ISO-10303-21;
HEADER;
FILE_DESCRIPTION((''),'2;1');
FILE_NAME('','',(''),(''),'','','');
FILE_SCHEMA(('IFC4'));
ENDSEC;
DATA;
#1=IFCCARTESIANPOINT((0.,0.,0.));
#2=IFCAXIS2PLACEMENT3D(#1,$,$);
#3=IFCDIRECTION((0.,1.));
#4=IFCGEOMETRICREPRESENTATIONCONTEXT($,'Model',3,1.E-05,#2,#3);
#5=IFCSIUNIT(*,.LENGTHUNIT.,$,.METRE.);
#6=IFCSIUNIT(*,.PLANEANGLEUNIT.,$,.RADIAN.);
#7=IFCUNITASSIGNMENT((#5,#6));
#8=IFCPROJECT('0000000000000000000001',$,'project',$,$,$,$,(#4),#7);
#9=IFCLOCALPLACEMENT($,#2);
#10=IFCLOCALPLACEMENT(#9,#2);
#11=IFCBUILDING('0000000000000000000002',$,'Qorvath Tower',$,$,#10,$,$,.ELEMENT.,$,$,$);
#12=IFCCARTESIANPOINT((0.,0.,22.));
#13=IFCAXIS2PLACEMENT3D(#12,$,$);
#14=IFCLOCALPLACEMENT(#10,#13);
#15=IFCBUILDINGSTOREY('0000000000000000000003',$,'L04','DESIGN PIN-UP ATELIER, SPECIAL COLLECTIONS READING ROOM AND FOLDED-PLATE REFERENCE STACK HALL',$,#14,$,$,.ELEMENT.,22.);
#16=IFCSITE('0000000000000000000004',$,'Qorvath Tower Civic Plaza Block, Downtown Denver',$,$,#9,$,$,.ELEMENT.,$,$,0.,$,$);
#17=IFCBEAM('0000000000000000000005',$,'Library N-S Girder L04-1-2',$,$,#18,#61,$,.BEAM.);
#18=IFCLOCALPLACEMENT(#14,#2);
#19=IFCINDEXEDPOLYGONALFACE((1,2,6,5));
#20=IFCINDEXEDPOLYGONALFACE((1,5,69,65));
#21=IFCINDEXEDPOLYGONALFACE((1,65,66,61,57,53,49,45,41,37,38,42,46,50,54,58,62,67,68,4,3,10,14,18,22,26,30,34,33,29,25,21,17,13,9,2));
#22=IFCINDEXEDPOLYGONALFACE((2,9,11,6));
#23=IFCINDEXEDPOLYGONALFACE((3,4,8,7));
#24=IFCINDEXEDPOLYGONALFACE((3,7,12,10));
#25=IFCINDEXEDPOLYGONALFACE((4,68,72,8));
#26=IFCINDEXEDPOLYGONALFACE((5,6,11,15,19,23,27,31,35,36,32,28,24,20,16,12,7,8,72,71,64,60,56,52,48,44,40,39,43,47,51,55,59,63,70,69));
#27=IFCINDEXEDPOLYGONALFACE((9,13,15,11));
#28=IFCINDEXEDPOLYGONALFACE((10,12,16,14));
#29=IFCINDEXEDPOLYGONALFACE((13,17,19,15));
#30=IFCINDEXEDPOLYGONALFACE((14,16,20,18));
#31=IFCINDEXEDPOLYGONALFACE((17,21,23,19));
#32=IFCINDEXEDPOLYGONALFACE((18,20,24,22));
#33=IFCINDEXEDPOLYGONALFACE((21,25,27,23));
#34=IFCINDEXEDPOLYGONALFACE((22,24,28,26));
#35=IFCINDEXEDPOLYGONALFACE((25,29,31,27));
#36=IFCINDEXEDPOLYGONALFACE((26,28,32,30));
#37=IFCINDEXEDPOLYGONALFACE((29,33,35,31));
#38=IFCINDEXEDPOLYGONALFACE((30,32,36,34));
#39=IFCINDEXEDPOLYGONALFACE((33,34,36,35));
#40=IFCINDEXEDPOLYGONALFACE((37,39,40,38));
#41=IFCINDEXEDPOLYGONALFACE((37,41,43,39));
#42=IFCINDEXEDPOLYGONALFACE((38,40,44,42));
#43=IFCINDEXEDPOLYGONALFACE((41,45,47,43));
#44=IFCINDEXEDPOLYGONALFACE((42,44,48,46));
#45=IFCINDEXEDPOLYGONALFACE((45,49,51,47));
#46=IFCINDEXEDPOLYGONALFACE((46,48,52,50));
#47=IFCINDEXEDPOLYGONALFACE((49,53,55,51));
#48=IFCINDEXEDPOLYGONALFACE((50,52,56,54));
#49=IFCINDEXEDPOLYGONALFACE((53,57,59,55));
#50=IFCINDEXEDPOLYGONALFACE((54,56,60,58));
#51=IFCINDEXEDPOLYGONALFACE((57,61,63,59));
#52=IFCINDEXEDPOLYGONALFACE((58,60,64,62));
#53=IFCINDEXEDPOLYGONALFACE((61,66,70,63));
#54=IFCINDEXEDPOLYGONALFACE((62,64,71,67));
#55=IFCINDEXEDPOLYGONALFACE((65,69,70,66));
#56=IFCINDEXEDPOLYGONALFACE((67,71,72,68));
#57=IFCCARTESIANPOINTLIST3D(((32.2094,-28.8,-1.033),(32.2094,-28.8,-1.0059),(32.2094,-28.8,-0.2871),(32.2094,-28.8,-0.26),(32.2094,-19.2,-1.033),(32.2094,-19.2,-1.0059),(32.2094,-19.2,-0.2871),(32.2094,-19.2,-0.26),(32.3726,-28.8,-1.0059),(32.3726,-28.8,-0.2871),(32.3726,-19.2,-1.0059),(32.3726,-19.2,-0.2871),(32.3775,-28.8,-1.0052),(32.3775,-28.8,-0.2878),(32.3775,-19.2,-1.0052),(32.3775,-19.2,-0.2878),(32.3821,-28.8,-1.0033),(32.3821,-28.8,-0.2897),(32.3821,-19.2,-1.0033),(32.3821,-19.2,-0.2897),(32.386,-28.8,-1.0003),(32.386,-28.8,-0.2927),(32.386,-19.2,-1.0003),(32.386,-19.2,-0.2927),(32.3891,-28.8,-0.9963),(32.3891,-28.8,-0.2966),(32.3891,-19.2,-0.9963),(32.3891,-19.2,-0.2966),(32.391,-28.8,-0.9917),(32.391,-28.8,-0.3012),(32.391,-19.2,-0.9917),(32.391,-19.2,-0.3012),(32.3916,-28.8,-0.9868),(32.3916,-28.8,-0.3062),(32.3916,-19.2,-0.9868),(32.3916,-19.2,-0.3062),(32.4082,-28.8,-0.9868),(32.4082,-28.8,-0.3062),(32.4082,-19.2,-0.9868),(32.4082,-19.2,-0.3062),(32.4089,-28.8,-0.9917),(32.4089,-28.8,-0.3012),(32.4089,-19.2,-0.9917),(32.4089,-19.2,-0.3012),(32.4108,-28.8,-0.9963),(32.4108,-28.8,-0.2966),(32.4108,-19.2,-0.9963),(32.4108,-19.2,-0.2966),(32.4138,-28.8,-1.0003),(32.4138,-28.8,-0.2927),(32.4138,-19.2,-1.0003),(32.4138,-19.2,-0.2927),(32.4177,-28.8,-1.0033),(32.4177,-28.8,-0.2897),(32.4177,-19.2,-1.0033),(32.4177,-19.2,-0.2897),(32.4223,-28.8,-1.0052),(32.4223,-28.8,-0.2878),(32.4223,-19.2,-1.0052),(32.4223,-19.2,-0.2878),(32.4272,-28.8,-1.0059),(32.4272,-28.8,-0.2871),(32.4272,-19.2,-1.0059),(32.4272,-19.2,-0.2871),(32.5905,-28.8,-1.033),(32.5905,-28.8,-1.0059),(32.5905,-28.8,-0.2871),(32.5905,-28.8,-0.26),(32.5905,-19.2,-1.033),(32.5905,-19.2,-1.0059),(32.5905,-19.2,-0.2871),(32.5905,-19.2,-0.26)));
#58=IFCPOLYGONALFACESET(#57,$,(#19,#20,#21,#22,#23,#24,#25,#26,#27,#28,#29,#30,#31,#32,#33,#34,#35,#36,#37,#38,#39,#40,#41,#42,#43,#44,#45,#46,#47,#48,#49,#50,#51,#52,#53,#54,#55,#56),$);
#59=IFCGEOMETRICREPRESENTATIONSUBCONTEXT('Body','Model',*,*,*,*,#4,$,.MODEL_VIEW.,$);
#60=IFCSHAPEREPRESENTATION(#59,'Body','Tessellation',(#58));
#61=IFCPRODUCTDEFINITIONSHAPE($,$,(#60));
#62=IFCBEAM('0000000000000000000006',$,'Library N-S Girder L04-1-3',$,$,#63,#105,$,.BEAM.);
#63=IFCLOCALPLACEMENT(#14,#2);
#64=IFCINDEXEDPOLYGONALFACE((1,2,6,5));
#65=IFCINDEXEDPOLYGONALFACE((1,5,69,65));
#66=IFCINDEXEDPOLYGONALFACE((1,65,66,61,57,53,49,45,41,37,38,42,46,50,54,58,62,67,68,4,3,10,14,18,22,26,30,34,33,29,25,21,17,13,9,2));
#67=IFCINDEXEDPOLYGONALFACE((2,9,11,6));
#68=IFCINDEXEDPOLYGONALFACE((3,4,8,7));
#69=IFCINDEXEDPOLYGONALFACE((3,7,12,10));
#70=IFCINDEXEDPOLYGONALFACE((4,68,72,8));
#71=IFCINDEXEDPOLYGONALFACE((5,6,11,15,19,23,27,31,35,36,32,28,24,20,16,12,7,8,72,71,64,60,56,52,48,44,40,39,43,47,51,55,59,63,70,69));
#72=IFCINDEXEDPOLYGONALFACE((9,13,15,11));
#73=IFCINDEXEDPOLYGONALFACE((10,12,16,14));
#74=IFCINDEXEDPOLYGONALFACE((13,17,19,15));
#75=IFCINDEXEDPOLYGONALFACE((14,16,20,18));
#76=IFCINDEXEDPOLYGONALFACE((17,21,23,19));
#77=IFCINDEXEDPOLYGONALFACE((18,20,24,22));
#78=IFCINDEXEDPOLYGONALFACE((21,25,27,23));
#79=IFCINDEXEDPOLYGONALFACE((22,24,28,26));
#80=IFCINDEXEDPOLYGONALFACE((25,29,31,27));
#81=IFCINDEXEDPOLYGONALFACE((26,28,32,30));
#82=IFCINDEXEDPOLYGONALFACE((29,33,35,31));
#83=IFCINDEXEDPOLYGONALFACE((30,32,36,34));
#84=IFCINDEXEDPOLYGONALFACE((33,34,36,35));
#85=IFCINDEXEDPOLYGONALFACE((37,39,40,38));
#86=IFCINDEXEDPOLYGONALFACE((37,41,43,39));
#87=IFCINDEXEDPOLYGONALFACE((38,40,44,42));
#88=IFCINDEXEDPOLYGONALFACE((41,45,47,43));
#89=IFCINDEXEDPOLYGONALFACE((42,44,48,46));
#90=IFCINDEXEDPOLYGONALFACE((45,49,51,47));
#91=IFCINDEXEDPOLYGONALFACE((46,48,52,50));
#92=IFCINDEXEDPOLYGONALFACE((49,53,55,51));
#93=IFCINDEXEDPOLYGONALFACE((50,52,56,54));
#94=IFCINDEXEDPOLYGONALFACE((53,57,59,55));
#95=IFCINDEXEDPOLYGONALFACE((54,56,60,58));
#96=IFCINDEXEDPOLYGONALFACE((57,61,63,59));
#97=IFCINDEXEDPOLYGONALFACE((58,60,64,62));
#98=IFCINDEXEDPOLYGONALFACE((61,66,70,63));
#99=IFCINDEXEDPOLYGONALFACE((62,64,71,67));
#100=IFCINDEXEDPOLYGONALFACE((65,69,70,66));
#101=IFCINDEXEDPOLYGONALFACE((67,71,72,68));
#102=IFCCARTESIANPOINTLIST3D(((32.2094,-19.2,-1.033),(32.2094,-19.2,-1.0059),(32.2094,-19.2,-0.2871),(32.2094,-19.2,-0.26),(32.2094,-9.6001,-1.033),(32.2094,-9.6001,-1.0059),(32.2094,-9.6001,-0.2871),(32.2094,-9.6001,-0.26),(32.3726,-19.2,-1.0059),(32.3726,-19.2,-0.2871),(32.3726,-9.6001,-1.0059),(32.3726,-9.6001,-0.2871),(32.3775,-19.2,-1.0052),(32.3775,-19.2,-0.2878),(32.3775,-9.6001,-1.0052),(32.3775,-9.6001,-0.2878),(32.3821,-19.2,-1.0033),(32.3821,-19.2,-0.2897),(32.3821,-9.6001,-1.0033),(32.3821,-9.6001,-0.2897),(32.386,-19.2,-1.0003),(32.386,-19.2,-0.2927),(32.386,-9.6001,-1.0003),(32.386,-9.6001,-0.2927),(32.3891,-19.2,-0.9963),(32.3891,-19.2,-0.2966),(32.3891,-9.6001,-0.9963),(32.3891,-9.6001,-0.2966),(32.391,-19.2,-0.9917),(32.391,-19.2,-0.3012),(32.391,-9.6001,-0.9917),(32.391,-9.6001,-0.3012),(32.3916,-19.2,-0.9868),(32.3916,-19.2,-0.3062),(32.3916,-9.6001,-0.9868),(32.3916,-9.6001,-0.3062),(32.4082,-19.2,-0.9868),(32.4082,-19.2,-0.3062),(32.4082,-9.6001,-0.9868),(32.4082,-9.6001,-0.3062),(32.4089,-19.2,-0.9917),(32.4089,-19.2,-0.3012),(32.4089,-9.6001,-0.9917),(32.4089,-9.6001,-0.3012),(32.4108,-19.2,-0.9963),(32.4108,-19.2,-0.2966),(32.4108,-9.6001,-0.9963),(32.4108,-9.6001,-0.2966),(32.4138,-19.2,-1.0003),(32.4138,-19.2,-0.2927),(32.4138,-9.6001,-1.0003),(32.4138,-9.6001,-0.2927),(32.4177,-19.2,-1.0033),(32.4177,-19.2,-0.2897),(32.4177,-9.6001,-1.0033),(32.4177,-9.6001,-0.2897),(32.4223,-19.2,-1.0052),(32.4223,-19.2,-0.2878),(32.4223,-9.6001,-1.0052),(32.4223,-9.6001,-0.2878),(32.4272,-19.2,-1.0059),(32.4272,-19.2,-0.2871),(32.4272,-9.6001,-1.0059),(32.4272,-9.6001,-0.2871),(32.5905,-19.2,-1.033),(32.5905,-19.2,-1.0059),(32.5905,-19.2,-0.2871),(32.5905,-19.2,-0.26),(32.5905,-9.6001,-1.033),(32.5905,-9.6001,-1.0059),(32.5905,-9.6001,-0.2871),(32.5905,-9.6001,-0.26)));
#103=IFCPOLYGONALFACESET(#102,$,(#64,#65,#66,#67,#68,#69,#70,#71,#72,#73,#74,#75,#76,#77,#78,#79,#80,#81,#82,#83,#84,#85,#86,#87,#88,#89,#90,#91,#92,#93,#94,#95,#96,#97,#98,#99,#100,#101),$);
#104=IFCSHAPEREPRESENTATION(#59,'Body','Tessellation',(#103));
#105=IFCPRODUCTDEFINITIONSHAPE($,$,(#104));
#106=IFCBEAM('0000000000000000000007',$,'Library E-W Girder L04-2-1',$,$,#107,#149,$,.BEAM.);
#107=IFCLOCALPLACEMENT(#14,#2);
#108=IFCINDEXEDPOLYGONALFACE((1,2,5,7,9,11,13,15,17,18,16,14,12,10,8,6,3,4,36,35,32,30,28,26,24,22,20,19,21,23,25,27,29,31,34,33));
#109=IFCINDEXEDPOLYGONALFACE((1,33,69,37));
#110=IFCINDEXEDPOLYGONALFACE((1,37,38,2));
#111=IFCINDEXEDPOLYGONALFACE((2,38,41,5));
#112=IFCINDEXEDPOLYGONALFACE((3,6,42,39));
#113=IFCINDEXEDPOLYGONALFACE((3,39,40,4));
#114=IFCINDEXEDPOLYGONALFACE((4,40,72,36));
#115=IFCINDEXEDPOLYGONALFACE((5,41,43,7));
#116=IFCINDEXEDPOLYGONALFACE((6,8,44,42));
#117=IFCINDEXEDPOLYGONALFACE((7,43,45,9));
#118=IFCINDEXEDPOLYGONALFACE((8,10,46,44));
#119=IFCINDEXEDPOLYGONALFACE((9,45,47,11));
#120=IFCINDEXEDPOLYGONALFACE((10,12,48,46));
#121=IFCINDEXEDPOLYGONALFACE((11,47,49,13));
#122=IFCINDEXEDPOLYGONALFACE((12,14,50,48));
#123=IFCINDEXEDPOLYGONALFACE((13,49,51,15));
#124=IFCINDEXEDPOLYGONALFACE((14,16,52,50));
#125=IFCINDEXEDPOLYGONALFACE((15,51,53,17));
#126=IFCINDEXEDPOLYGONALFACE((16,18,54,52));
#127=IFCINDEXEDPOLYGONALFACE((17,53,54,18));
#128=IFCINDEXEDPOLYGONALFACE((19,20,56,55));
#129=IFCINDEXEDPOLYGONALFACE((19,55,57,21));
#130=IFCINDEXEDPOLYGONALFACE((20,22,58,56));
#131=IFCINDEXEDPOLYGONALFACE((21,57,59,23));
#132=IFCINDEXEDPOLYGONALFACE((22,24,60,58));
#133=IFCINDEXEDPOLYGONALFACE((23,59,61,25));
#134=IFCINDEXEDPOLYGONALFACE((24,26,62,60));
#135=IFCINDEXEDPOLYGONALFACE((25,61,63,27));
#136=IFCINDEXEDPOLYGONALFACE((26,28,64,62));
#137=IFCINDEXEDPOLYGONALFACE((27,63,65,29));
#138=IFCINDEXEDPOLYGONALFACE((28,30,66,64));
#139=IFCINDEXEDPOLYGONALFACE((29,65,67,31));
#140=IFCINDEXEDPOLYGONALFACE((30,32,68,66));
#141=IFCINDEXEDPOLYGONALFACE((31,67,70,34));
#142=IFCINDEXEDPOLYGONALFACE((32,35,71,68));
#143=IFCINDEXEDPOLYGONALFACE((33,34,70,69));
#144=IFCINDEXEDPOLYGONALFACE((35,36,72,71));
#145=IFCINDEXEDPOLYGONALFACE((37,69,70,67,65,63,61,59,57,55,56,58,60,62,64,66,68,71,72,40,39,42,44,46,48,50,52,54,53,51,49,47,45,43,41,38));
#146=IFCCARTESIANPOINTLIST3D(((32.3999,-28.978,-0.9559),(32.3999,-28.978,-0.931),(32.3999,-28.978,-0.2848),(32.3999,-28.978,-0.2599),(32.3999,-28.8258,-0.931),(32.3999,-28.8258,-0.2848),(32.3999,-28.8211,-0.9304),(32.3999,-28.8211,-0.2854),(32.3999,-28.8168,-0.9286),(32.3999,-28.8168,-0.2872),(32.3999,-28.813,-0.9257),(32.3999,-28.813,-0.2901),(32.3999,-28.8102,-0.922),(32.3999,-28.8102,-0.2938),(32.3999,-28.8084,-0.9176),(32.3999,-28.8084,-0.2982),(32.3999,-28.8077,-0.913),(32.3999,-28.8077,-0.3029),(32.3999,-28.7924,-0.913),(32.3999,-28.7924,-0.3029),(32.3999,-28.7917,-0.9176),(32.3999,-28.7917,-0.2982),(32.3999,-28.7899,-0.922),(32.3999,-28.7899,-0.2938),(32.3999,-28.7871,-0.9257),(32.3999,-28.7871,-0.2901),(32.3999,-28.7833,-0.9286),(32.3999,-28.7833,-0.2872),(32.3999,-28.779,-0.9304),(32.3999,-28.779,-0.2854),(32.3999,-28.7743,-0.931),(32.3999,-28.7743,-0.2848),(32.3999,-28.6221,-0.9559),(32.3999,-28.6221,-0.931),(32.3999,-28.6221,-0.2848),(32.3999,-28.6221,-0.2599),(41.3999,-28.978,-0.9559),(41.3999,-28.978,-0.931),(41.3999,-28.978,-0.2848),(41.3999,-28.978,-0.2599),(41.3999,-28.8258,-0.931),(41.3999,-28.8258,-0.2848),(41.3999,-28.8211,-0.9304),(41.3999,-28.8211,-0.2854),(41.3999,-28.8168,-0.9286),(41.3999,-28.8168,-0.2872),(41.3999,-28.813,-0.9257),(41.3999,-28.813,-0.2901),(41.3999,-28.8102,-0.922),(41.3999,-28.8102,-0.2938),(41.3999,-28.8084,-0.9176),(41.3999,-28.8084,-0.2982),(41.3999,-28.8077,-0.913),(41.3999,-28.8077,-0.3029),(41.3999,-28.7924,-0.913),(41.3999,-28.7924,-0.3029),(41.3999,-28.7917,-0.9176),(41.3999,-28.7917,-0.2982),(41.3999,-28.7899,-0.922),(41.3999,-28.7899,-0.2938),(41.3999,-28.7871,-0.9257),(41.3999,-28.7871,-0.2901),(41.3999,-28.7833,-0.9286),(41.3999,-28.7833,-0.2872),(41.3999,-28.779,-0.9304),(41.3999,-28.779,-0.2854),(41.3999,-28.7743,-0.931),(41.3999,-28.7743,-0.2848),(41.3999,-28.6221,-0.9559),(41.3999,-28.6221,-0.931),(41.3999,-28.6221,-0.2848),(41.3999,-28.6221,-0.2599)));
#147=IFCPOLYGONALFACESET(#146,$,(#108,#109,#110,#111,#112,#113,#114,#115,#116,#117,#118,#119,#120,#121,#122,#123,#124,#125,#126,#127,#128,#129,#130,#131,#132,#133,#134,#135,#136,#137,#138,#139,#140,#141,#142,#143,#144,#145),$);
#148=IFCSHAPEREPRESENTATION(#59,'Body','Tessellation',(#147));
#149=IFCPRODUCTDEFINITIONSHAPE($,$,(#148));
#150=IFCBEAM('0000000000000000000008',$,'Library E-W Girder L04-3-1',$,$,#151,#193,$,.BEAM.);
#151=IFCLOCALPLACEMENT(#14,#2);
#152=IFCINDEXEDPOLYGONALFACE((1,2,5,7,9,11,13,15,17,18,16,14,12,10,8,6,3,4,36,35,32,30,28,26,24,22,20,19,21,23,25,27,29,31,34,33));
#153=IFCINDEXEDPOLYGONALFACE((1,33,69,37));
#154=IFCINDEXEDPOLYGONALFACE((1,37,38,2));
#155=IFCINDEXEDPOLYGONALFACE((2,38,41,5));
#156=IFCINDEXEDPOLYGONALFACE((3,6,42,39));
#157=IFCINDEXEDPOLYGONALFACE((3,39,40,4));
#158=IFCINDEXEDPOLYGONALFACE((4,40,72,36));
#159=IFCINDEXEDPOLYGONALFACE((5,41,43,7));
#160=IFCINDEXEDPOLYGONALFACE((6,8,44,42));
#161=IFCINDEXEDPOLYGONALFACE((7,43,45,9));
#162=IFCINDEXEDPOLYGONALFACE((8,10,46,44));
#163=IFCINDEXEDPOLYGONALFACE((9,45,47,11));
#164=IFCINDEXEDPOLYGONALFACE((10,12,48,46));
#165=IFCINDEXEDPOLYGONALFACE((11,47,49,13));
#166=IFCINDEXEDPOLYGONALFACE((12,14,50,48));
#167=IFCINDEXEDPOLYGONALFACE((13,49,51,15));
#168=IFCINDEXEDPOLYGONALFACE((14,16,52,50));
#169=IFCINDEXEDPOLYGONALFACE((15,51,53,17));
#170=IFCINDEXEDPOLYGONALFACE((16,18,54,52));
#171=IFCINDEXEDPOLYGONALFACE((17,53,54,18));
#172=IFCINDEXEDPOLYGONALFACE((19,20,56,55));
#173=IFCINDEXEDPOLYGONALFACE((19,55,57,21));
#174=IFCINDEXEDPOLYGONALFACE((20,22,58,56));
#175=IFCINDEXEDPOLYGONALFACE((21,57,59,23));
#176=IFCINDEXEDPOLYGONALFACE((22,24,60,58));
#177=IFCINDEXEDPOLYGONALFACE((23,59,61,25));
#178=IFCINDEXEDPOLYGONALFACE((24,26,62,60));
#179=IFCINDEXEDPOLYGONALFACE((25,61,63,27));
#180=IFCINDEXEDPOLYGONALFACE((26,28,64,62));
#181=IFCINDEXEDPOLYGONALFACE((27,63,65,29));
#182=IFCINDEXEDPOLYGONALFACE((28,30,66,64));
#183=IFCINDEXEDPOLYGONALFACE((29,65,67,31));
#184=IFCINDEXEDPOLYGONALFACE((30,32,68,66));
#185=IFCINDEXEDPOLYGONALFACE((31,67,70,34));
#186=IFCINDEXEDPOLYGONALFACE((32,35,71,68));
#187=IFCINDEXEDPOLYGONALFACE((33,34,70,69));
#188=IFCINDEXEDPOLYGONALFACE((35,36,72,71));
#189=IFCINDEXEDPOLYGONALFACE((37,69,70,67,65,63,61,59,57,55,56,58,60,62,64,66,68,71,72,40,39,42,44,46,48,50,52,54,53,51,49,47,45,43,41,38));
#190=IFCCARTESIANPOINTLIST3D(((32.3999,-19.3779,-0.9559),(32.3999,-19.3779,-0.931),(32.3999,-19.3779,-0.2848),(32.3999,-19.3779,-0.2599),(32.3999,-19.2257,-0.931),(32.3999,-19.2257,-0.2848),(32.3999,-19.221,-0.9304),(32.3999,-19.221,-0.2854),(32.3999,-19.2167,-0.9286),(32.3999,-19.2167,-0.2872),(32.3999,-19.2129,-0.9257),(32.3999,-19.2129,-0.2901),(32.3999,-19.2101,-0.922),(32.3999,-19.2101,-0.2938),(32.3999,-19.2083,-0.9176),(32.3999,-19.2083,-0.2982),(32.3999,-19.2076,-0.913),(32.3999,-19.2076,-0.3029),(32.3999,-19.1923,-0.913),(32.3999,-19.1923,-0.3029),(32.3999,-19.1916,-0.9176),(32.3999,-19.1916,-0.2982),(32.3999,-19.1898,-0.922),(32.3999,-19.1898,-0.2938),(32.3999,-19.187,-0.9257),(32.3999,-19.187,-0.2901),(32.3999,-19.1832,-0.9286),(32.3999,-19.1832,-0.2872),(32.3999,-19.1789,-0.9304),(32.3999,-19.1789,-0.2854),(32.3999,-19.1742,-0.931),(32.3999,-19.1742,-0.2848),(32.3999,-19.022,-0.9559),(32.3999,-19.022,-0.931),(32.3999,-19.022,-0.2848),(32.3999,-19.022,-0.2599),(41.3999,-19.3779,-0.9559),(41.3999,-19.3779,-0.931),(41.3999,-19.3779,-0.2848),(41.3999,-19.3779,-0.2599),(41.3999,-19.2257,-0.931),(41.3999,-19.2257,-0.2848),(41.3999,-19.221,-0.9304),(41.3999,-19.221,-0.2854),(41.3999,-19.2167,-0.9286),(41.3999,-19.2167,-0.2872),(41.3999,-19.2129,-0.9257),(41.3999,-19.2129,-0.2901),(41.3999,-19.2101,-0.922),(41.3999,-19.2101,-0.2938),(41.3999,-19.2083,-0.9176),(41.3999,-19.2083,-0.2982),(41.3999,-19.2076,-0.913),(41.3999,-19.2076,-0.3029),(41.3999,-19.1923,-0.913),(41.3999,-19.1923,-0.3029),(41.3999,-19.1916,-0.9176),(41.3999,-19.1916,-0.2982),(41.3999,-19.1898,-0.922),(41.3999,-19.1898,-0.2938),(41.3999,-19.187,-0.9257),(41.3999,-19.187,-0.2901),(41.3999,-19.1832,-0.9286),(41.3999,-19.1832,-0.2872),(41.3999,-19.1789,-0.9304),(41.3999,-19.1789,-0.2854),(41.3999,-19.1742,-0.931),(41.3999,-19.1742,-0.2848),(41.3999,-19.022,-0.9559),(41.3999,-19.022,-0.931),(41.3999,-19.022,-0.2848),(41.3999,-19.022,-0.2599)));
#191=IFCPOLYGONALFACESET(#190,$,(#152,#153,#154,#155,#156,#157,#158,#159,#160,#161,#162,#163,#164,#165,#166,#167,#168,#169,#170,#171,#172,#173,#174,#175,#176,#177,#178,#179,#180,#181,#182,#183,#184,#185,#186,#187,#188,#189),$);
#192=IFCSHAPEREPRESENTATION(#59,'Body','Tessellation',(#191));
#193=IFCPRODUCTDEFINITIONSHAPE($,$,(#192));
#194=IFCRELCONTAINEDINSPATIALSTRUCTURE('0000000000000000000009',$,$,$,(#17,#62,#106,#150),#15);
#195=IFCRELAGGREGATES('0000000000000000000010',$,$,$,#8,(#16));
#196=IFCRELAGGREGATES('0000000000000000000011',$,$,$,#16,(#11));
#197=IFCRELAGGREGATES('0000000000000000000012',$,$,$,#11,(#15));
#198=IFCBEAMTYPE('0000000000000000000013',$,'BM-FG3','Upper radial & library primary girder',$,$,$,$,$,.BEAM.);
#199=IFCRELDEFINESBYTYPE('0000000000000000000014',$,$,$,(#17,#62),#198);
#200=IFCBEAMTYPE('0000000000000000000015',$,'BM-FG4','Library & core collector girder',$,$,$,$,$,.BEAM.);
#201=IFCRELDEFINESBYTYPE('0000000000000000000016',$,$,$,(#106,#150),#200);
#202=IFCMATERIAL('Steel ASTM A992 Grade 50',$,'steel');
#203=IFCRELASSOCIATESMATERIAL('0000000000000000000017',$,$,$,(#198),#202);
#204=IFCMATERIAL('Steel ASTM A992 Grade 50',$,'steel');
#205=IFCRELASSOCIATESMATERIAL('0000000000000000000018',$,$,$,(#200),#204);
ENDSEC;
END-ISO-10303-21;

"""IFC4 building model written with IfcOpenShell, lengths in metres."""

from ifc_helpers import new_model, si_unit, direction, frame, origin, origin_2d, place, context, subcontext, project, spatial, i_section, extrude, material, material_profile, profile_set, type_object, element, save


model = new_model("IFC4")

# Units and contexts
model_context = context("Model", 3, precision=1e-05, world=origin(), true_north=direction((0.0, 1.0)))
body_context = subcontext(model_context, "Body", "Model", "MODEL_VIEW")
ifc_project = project(units=[si_unit("LENGTHUNIT", "METRE"), si_unit("PLANEANGLEUNIT", "RADIAN")], contexts=[model_context])

# Site, building, storey
site_placement = place(None, origin())
site = spatial("IfcSite", under=ifc_project, at=site_placement, Name="Qorvath Tower Civic Plaza Block, Downtown Denver", CompositionType="ELEMENT", RefElevation=0.0)
building_placement = place(site_placement, origin())
building = spatial("IfcBuilding", under=site, at=building_placement, Name="Qorvath Tower", CompositionType="ELEMENT")
storey_placement = place(building_placement, frame((0.0, 0.0, 22.0)))
storey = spatial("IfcBuildingStorey", under=building, at=storey_placement, Name="L04", Description="DESIGN PIN-UP ATELIER, SPECIAL COLLECTIONS READING ROOM AND FOLDED-PLATE REFERENCE STACK HALL", CompositionType="ELEMENT", Elevation=22.0)

# Beams
ifc_material_1 = material(Name="Steel ASTM A992 Grade 50", Category="steel")
ifc_material_profile_1 = material_profile(ifc_material_1, i_section(OverallWidth=0.3811, OverallDepth=0.7729, WebThickness=0.0166, FlangeThickness=0.0271, FilletRadius=0.019, at=origin_2d()), Name="W30x173")
ifc_profile_set_1 = profile_set([ifc_material_profile_1], Name="Steel ASTM A992 Grade 50")
beam_type_1 = type_object("IfcBeamType", Name="BM-FG3", Description="Upper radial & library primary girder", PredefinedType="BEAM", material=ifc_profile_set_1)
beam_1_placement = place(storey_placement, frame((32.3999, -28.8, -0.6465), z_axis=(0.0, 1.0, 0.0), x_axis=(-1.0, 0.0, 0.0)))
element("IfcBeam", 1, at=beam_1_placement, inside=storey, type_object=beam_type_1, Name="Library N-S Girder L04-1-2", PredefinedType="BEAM", context=body_context, shape_type="SweptSolid", body=[
    extrude(i_section(OverallWidth=0.3811, OverallDepth=0.7729, WebThickness=0.0166, FlangeThickness=0.0271, FilletRadius=0.019, at=origin_2d()), origin(), (0.0, 0.0, 1.0), 9.6001),
])
beam_2_placement = place(storey_placement, frame((32.3999, -19.2, -0.6465), z_axis=(0.0, 1.0, 0.0), x_axis=(-1.0, 0.0, 0.0)))
element("IfcBeam", 2, at=beam_2_placement, inside=storey, type_object=beam_type_1, Name="Library N-S Girder L04-1-3", PredefinedType="BEAM", context=body_context, shape_type="SweptSolid", body=[
    extrude(i_section(OverallWidth=0.3811, OverallDepth=0.7729, WebThickness=0.0166, FlangeThickness=0.0271, FilletRadius=0.019, at=origin_2d()), origin(), (0.0, 0.0, 1.0), 9.5999),
])
ifc_material_2 = material(Name="Steel ASTM A992 Grade 50", Category="steel")
ifc_material_profile_2 = material_profile(ifc_material_2, i_section(OverallWidth=0.356, OverallDepth=0.696, WebThickness=0.0154, FlangeThickness=0.0249, FilletRadius=0.0181, at=origin_2d()), Name="W27x146")
ifc_profile_set_2 = profile_set([ifc_material_profile_2], Name="Steel ASTM A992 Grade 50")
beam_type_2 = type_object("IfcBeamType", Name="BM-FG4", Description="Library & core collector girder", PredefinedType="BEAM", material=ifc_profile_set_2)
for number, where, z_axis, x_axis, name in (
    (3, (32.3999, -28.8, -0.6079), (1.0, 0.0, 0.0), (0.0, 1.0, 0.0), "Library E-W Girder L04-2-1"),
    (4, (32.3999, -19.2, -0.6079), (1.0, 0.0, 0.0), (0.0, 1.0, 0.0), "Library E-W Girder L04-3-1"),
):
    element("IfcBeam", number, at=place(storey_placement, frame(where, z_axis=z_axis, x_axis=x_axis)), inside=storey, type_object=beam_type_2, Name=name, PredefinedType="BEAM", context=body_context, shape_type="SweptSolid", body=[
        extrude(i_section(OverallWidth=0.356, OverallDepth=0.696, WebThickness=0.0154, FlangeThickness=0.0249, FilletRadius=0.0181, at=origin_2d()), origin(), (0.0, 0.0, 1.0), 9.0),
    ])

save(model, "model.ifc")
